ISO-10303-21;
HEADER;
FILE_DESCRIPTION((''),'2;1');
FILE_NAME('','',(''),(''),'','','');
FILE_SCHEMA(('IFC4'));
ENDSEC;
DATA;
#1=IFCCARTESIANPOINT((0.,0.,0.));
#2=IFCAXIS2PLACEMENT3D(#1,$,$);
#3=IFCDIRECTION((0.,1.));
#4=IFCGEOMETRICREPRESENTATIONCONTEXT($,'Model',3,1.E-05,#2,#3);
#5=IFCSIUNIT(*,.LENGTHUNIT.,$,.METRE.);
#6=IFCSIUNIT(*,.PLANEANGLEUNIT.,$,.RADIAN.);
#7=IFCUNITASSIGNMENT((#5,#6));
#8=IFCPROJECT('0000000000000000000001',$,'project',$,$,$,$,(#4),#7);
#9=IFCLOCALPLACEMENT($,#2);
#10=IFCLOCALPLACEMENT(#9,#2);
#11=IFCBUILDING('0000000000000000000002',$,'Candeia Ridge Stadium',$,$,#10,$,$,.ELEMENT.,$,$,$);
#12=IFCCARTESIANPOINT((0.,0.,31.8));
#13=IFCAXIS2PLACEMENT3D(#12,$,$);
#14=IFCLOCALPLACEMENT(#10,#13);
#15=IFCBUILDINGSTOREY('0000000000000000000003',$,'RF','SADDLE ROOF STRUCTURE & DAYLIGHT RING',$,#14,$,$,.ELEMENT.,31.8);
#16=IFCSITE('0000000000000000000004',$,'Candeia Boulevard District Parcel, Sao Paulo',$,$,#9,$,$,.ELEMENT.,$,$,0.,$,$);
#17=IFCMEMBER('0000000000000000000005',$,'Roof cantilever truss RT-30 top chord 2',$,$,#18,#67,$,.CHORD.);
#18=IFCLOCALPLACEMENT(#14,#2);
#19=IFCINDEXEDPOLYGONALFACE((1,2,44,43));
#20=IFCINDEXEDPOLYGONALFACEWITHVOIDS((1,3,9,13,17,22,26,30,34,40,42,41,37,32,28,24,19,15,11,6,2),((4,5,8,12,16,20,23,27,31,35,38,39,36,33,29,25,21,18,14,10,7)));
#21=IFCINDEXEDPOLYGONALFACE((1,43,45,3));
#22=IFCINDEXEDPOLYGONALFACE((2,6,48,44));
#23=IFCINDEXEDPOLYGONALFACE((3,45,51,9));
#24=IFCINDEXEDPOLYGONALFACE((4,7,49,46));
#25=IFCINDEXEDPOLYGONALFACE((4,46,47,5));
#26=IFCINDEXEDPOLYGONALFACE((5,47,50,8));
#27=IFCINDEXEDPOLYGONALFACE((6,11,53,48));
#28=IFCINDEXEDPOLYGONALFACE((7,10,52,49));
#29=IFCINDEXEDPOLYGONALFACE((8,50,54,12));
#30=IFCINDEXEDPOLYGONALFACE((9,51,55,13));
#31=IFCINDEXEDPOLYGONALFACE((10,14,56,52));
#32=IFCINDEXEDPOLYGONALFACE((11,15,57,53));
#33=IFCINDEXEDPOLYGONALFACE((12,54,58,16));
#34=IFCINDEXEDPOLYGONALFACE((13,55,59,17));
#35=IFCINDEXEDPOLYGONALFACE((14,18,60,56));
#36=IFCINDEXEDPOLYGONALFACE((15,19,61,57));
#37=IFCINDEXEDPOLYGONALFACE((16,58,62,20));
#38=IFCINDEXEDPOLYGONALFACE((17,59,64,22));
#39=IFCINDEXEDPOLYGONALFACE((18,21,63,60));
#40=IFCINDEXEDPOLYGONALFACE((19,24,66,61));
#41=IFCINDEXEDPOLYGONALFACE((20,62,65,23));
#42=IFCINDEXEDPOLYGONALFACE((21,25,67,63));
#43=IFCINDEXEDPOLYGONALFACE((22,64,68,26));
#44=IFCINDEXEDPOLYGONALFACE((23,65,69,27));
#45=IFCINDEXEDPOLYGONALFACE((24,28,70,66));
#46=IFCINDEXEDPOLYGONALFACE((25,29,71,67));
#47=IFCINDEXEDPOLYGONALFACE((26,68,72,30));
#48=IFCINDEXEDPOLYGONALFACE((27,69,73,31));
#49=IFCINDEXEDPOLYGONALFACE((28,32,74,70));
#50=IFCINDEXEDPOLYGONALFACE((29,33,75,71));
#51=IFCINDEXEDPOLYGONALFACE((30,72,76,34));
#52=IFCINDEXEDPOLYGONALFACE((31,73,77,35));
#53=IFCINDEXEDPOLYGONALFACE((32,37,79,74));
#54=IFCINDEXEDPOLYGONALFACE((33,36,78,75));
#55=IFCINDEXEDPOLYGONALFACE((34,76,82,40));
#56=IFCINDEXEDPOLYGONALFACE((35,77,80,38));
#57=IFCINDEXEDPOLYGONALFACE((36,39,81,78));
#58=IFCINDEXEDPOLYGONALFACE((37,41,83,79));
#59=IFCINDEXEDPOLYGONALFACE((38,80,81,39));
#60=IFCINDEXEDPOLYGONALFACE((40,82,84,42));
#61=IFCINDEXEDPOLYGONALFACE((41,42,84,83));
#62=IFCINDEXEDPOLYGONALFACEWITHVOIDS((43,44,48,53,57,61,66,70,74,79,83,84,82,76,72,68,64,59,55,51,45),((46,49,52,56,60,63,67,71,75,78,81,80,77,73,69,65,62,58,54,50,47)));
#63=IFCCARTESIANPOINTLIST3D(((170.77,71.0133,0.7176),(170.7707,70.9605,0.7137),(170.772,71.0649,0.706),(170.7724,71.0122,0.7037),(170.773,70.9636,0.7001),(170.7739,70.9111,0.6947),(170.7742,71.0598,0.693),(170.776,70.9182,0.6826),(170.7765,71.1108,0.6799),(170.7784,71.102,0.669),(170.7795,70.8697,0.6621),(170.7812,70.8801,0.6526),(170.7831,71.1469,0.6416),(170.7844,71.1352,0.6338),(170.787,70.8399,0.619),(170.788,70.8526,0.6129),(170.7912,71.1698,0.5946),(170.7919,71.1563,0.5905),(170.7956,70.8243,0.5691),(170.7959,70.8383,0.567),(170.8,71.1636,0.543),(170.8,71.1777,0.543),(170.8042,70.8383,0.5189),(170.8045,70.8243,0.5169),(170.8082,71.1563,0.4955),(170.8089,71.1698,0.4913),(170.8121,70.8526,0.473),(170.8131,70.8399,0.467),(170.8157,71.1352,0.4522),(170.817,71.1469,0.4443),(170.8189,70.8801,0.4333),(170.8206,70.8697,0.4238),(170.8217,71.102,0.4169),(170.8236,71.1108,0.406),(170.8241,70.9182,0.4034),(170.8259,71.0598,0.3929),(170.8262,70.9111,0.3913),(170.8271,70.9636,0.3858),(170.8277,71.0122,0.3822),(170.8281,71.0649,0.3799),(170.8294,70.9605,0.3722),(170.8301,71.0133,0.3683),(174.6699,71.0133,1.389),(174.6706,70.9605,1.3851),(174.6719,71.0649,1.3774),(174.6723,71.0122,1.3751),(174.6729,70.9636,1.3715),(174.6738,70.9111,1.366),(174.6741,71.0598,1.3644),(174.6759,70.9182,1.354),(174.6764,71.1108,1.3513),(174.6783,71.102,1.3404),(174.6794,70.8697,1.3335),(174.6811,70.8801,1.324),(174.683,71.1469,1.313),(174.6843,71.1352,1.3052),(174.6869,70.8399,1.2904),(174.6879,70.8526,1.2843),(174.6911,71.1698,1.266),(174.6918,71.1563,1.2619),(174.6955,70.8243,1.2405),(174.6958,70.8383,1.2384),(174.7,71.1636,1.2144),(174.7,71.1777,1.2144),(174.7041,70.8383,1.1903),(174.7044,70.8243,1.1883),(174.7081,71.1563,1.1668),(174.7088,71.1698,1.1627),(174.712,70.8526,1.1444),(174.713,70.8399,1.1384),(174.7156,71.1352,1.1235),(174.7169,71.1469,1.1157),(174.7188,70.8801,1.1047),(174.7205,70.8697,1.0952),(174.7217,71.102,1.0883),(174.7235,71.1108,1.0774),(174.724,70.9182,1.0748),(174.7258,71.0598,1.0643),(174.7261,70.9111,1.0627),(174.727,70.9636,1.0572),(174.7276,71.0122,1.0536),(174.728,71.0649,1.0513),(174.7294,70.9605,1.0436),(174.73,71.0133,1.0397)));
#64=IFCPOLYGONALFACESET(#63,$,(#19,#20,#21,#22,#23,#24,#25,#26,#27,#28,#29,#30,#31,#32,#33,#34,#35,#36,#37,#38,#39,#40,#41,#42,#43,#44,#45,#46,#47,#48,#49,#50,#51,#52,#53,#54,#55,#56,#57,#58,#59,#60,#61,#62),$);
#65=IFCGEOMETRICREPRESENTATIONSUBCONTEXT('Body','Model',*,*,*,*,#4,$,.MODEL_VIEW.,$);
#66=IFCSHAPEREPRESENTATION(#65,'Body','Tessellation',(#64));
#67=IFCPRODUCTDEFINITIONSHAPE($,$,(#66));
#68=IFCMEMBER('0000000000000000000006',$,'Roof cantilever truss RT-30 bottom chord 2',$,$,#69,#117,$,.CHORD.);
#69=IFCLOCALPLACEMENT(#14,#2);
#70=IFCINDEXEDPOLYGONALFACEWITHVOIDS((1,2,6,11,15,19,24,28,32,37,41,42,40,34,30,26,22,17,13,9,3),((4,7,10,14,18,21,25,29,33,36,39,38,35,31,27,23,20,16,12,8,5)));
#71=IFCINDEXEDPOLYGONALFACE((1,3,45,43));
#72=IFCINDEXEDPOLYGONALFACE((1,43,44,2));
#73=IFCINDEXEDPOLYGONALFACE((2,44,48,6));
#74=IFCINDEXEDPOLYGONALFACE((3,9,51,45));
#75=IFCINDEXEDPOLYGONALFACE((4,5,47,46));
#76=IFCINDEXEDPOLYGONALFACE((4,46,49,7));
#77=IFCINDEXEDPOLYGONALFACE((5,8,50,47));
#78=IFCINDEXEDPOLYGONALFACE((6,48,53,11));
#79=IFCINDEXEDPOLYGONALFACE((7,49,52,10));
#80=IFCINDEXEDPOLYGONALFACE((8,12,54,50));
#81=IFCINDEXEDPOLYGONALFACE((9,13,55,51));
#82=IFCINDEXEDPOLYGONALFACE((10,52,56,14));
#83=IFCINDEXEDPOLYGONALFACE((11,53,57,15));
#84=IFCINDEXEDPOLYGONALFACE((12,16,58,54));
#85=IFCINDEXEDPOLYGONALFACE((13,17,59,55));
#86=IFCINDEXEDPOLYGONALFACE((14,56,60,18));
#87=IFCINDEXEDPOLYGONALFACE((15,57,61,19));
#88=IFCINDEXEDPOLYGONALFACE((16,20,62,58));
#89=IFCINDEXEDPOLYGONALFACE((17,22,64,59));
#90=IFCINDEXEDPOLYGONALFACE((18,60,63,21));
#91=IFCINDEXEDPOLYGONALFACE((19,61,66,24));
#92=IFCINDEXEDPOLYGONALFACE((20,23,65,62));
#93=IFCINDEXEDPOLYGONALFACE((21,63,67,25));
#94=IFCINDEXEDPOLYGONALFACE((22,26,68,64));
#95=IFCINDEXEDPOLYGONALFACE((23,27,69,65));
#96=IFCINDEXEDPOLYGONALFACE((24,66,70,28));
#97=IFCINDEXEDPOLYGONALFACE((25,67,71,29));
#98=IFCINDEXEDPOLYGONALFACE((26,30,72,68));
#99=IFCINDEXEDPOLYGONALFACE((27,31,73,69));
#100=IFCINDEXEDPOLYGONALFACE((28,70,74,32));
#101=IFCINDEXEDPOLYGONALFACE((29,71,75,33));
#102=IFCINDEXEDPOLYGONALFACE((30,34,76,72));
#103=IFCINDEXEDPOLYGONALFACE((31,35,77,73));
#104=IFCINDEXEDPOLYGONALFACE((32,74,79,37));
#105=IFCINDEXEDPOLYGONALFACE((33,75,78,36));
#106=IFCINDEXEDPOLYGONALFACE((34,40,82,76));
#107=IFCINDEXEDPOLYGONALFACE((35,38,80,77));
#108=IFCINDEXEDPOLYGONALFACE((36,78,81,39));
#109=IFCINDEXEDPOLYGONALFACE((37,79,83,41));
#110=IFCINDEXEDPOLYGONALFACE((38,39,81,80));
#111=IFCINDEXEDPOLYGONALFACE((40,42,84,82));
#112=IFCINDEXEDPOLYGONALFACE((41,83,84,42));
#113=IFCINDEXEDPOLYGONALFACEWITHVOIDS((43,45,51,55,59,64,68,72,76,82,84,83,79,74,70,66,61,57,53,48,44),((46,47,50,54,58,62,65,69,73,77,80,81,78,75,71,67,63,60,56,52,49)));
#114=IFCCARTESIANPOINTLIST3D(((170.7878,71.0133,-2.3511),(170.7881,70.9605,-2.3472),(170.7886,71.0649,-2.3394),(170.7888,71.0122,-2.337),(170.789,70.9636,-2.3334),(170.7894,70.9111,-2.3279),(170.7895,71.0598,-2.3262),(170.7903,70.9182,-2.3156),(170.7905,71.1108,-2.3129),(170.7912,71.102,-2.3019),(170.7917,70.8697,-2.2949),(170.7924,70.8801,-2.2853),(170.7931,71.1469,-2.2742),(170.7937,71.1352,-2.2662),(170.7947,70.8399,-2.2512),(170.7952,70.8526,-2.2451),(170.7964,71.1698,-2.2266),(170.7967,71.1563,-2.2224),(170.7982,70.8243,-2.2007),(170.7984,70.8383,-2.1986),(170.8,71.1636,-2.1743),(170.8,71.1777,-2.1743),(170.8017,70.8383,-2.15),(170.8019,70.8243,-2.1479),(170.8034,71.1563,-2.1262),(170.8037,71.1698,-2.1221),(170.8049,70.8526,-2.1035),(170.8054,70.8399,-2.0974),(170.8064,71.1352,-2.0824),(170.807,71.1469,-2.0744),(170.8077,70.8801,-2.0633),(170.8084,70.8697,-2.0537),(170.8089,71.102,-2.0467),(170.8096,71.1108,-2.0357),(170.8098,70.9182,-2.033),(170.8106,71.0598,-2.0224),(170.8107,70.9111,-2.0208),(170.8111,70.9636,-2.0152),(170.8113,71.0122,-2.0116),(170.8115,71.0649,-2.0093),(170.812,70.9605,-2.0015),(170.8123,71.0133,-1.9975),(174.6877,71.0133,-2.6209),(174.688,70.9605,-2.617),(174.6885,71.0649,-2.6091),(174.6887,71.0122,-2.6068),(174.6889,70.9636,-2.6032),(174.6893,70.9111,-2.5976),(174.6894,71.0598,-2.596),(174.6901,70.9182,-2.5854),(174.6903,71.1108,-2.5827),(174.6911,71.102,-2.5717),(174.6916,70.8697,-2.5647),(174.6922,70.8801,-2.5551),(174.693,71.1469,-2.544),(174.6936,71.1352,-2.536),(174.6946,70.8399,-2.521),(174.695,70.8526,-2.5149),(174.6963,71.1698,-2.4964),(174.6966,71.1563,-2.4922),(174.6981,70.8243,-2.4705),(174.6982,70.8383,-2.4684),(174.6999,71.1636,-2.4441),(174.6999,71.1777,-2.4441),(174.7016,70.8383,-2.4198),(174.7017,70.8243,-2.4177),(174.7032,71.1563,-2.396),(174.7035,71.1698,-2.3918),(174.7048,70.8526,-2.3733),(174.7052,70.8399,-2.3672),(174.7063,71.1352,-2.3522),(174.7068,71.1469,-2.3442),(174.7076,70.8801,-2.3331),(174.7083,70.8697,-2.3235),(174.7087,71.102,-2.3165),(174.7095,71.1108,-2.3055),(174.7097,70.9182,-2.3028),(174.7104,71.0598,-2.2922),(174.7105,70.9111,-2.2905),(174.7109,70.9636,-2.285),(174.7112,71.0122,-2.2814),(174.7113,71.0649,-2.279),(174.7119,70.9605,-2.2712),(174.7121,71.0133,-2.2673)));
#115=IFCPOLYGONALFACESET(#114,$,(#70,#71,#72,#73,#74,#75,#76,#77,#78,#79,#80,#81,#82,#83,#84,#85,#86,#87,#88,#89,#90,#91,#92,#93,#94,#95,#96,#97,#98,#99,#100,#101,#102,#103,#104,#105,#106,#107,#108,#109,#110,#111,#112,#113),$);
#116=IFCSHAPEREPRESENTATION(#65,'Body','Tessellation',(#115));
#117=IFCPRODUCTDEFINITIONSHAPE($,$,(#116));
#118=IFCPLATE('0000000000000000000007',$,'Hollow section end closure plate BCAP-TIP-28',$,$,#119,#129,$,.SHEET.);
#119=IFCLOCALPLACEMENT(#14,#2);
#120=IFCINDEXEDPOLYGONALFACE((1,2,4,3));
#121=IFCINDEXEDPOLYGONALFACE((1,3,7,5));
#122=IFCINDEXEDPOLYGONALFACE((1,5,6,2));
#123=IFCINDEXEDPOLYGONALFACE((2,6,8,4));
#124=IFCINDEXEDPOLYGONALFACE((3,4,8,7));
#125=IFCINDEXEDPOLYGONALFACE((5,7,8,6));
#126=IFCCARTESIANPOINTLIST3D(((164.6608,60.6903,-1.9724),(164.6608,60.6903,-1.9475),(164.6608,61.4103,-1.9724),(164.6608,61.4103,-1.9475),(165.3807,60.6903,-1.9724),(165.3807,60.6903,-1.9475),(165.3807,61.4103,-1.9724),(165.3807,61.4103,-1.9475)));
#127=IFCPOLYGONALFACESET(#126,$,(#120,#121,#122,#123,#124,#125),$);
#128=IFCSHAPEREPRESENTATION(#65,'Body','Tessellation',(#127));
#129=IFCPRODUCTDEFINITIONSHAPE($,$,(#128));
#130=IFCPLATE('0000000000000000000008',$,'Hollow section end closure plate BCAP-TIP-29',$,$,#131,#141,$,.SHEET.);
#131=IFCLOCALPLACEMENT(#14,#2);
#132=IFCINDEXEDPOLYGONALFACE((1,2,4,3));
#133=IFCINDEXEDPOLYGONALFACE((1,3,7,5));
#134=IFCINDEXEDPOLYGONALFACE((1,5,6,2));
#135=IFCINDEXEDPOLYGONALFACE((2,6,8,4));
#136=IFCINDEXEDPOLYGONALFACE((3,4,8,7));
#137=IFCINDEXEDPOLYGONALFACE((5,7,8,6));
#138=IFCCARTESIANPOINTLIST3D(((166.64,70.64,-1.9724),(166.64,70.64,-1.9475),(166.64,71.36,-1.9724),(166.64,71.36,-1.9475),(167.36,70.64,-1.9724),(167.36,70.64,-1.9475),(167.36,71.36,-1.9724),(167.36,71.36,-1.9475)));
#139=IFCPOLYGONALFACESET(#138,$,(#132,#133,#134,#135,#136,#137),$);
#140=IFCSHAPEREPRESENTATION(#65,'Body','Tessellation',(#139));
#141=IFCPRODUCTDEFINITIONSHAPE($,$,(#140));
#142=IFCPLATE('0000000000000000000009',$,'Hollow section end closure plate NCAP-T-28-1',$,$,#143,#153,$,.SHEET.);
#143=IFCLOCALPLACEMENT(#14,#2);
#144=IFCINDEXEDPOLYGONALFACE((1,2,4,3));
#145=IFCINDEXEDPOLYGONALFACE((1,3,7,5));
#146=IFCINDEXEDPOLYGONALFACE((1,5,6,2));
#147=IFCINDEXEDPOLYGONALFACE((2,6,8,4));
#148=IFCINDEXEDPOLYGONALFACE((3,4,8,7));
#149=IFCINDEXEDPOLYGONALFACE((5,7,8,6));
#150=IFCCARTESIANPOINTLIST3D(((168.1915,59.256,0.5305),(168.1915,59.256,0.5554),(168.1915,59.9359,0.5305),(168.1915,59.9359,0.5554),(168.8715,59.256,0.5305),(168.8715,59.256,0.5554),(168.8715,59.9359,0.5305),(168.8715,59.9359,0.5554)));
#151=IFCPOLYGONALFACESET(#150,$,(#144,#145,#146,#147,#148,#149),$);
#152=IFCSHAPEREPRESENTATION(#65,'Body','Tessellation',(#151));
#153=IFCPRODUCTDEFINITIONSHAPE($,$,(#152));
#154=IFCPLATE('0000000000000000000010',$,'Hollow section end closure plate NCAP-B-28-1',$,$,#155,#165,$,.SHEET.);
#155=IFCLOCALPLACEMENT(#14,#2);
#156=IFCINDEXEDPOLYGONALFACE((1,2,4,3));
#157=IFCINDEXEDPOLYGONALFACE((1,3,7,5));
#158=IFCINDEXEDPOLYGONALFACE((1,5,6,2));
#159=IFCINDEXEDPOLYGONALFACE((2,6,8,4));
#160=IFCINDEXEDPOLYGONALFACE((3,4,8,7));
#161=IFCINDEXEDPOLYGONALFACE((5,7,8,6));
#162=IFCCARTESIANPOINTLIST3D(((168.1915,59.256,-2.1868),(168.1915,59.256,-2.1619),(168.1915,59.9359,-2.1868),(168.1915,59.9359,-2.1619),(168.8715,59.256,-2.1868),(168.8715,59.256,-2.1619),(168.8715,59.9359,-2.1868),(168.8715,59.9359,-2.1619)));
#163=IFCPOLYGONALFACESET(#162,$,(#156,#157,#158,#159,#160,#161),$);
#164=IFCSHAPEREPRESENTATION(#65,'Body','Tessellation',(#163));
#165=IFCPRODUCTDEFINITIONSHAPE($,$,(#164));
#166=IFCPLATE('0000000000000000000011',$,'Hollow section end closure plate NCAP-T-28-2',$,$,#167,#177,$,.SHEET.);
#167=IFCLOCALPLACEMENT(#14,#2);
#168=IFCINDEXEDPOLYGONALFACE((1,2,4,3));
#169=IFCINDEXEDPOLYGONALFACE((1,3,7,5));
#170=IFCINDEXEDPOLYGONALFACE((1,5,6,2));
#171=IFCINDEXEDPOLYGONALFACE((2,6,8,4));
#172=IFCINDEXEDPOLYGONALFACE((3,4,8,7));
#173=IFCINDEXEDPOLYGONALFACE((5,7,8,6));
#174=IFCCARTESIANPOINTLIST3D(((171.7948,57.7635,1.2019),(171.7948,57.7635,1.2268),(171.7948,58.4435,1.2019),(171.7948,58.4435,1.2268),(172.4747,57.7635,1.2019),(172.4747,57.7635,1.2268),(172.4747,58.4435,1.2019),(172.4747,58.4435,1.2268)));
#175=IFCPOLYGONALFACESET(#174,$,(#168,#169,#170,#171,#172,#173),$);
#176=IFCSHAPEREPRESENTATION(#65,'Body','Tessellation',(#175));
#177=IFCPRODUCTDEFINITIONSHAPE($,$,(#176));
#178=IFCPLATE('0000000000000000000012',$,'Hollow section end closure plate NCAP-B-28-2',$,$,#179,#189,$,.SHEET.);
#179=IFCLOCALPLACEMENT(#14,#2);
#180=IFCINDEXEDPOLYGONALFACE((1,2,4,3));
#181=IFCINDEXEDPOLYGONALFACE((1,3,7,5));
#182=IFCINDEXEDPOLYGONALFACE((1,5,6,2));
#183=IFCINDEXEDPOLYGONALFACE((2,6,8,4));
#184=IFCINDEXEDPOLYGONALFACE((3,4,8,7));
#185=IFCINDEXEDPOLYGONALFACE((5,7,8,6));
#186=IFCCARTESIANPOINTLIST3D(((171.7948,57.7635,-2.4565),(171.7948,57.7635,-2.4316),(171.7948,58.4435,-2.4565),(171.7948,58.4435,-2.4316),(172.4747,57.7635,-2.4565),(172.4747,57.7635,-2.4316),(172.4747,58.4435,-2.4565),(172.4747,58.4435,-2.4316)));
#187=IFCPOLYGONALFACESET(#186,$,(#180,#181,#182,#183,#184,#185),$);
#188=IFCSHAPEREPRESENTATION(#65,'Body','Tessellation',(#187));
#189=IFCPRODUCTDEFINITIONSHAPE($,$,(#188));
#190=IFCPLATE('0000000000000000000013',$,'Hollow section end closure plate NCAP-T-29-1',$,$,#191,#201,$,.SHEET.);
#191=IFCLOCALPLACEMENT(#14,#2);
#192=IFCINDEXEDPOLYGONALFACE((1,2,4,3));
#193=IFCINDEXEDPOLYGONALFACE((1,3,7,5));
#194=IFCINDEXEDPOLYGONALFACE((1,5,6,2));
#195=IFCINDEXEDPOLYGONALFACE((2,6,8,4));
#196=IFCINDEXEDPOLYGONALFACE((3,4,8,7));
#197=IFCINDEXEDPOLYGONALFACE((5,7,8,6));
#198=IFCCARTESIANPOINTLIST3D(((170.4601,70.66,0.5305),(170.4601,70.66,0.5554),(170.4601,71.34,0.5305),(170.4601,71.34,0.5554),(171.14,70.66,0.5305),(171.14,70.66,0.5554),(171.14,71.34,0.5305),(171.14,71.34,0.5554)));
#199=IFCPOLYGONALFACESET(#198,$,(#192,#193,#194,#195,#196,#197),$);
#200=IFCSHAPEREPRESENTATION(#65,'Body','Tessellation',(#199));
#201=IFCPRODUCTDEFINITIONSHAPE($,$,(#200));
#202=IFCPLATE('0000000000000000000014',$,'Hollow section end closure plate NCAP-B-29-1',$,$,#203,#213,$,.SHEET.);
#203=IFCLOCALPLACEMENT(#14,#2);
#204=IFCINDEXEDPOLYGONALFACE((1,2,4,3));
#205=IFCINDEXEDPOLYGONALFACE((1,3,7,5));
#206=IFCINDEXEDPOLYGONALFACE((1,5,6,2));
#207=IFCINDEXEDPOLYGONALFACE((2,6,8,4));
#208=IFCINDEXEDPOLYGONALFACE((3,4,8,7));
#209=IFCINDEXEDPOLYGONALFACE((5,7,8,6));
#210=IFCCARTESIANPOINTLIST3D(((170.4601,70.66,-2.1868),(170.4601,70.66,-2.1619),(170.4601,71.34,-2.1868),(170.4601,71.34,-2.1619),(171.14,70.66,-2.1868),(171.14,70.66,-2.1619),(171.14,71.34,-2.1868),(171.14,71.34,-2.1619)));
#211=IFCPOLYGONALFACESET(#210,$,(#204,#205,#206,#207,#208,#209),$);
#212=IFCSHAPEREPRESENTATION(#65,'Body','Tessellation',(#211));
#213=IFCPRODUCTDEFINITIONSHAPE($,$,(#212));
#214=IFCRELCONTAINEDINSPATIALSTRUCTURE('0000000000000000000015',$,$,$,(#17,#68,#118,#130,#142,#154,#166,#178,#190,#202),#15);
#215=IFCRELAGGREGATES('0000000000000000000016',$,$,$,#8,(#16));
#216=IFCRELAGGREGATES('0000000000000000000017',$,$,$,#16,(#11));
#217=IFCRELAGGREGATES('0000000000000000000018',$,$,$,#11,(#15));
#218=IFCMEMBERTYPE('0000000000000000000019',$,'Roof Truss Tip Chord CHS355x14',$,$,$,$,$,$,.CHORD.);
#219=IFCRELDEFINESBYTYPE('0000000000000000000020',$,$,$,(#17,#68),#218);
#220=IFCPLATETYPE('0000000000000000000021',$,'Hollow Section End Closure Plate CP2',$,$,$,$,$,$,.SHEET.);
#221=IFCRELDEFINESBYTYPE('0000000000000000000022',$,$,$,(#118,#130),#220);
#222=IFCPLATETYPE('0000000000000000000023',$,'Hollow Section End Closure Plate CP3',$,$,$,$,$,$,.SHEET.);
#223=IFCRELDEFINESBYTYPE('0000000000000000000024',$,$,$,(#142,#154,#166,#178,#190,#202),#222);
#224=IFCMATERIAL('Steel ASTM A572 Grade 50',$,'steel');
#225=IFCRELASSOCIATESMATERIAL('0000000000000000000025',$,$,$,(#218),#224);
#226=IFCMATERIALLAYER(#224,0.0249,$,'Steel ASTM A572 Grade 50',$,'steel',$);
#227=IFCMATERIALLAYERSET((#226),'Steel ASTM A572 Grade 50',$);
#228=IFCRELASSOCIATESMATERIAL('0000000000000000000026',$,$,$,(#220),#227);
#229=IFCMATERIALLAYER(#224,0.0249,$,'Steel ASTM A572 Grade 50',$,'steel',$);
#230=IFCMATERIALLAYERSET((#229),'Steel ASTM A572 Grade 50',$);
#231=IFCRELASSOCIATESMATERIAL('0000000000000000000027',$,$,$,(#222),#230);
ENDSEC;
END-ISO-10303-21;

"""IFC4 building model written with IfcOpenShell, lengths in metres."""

from ifc_helpers import new_model, si_unit, direction, frame, origin, origin_2d, place, context, subcontext, project, spatial, rectangle, hollow_circle, extrude, material, layer, layer_set, material_profile, profile_set, type_object, element, save


model = new_model("IFC4")

# Units and contexts
model_context = context("Model", 3, precision=1e-05, world=origin(), true_north=direction((0.0, 1.0)))
body_context = subcontext(model_context, "Body", "Model", "MODEL_VIEW")
ifc_project = project(units=[si_unit("LENGTHUNIT", "METRE"), si_unit("PLANEANGLEUNIT", "RADIAN")], contexts=[model_context])

# Site, building, storey
site_placement = place(None, origin())
site = spatial("IfcSite", under=ifc_project, at=site_placement, Name="Candeia Boulevard District Parcel, Sao Paulo", CompositionType="ELEMENT", RefElevation=0.0)
building_placement = place(site_placement, origin())
building = spatial("IfcBuilding", under=site, at=building_placement, Name="Candeia Ridge Stadium", CompositionType="ELEMENT")
storey_placement = place(building_placement, frame((0.0, 0.0, 31.8)))
storey = spatial("IfcBuildingStorey", under=building, at=storey_placement, Name="RF", Description="SADDLE ROOF STRUCTURE & DAYLIGHT RING", CompositionType="ELEMENT", Elevation=31.8)

# Shared definitions
ifc_material_1 = material(Name="Steel ASTM A572 Grade 50", Category="steel")

# Members
ifc_material_profile_1 = material_profile(ifc_material_1, hollow_circle(Radius=0.1777, WallThickness=0.0142, at=origin_2d()), Name="CHS355x14", Category="steel")
ifc_profile_set_1 = profile_set([ifc_material_profile_1], Name="Steel ASTM A572 Grade 50")
member_type_1 = type_object("IfcMemberType", Name="Roof Truss Tip Chord CHS355x14", PredefinedType="CHORD", material=ifc_profile_set_1)
member_1_placement = place(storey_placement, frame((170.8, 71.0, 0.543), z_axis=(0.985503, 0.0, 0.169659), x_axis=(0.0, 1.0, 0.0)))
element("IfcMember", 1, at=member_1_placement, inside=storey, type_object=member_type_1, Name="Roof cantilever truss RT-30 top chord 2", PredefinedType="CHORD", context=body_context, shape_type="SweptSolid", body=[
    extrude(hollow_circle(Radius=0.1777, WallThickness=0.0142, at=origin_2d()), origin(), (0.0, 0.0, 1.0), 3.9573),
])
member_2_placement = place(storey_placement, frame((170.8, 71.0, -2.1743), z_axis=(0.997616, 0.0, -0.06901), x_axis=(0.0, 1.0, 0.0)))
element("IfcMember", 2, at=member_2_placement, inside=storey, type_object=member_type_1, Name="Roof cantilever truss RT-30 bottom chord 2", PredefinedType="CHORD", context=body_context, shape_type="SweptSolid", body=[
    extrude(hollow_circle(Radius=0.1777, WallThickness=0.0142, at=origin_2d()), origin(), (0.0, 0.0, 1.0), 3.9092),
])

# Plates
ifc_layer_1 = layer(ifc_material_1, 0.0249, Name="Steel ASTM A572 Grade 50", Category="steel")
ifc_layer_set_1 = layer_set([ifc_layer_1], Name="Steel ASTM A572 Grade 50")
plate_type_1 = type_object("IfcPlateType", Name="Hollow Section End Closure Plate CP2", PredefinedType="SHEET", material=ifc_layer_set_1)
for number, where, z_axis, x_axis, name in (
    (3, (165.0208, 61.0503, -1.9724), (0.0, 0.0, 1.0), (1.0, 0.0, 0.0), "Hollow section end closure plate BCAP-TIP-28"),
    (4, (167.0, 71.0, -1.9724), (0.0, 0.0, 1.0), (1.0, 0.0, 0.0), "Hollow section end closure plate BCAP-TIP-29"),
):
    element("IfcPlate", number, at=place(storey_placement, frame(where, z_axis=z_axis, x_axis=x_axis)), inside=storey, type_object=plate_type_1, Name=name, PredefinedType="SHEET", context=body_context, shape_type="SweptSolid", body=[
        extrude(rectangle(XDim=0.72, YDim=0.72, at=origin_2d()), origin(), (0.0, 0.0, 1.0), 0.0249),
    ])
ifc_layer_2 = layer(ifc_material_1, 0.0249, Name="Steel ASTM A572 Grade 50", Category="steel")
ifc_layer_set_2 = layer_set([ifc_layer_2], Name="Steel ASTM A572 Grade 50")
plate_type_2 = type_object("IfcPlateType", Name="Hollow Section End Closure Plate CP3", PredefinedType="SHEET", material=ifc_layer_set_2)
for number, where, z_axis, x_axis, name in (
    (5, (168.5315, 59.5959, 0.5305), (0.0, 0.0, 1.0), (1.0, 0.0, 0.0), "Hollow section end closure plate NCAP-T-28-1"),
    (6, (168.5315, 59.5959, -2.1868), (0.0, 0.0, 1.0), (1.0, 0.0, 0.0), "Hollow section end closure plate NCAP-B-28-1"),
    (7, (172.1348, 58.1035, 1.2019), (0.0, 0.0, 1.0), (1.0, 0.0, 0.0), "Hollow section end closure plate NCAP-T-28-2"),
    (8, (172.1348, 58.1035, -2.4565), (0.0, 0.0, 1.0), (1.0, 0.0, 0.0), "Hollow section end closure plate NCAP-B-28-2"),
    (9, (170.8, 71.0, 0.5305), (0.0, 0.0, 1.0), (1.0, 0.0, 0.0), "Hollow section end closure plate NCAP-T-29-1"),
    (10, (170.8, 71.0, -2.1868), (0.0, 0.0, 1.0), (1.0, 0.0, 0.0), "Hollow section end closure plate NCAP-B-29-1"),
):
    element("IfcPlate", number, at=place(storey_placement, frame(where, z_axis=z_axis, x_axis=x_axis)), inside=storey, type_object=plate_type_2, Name=name, PredefinedType="SHEET", context=body_context, shape_type="SweptSolid", body=[
        extrude(rectangle(XDim=0.6799, YDim=0.6799, at=origin_2d()), origin(), (0.0, 0.0, 1.0), 0.0249),
    ])

save(model, "model.ifc")
